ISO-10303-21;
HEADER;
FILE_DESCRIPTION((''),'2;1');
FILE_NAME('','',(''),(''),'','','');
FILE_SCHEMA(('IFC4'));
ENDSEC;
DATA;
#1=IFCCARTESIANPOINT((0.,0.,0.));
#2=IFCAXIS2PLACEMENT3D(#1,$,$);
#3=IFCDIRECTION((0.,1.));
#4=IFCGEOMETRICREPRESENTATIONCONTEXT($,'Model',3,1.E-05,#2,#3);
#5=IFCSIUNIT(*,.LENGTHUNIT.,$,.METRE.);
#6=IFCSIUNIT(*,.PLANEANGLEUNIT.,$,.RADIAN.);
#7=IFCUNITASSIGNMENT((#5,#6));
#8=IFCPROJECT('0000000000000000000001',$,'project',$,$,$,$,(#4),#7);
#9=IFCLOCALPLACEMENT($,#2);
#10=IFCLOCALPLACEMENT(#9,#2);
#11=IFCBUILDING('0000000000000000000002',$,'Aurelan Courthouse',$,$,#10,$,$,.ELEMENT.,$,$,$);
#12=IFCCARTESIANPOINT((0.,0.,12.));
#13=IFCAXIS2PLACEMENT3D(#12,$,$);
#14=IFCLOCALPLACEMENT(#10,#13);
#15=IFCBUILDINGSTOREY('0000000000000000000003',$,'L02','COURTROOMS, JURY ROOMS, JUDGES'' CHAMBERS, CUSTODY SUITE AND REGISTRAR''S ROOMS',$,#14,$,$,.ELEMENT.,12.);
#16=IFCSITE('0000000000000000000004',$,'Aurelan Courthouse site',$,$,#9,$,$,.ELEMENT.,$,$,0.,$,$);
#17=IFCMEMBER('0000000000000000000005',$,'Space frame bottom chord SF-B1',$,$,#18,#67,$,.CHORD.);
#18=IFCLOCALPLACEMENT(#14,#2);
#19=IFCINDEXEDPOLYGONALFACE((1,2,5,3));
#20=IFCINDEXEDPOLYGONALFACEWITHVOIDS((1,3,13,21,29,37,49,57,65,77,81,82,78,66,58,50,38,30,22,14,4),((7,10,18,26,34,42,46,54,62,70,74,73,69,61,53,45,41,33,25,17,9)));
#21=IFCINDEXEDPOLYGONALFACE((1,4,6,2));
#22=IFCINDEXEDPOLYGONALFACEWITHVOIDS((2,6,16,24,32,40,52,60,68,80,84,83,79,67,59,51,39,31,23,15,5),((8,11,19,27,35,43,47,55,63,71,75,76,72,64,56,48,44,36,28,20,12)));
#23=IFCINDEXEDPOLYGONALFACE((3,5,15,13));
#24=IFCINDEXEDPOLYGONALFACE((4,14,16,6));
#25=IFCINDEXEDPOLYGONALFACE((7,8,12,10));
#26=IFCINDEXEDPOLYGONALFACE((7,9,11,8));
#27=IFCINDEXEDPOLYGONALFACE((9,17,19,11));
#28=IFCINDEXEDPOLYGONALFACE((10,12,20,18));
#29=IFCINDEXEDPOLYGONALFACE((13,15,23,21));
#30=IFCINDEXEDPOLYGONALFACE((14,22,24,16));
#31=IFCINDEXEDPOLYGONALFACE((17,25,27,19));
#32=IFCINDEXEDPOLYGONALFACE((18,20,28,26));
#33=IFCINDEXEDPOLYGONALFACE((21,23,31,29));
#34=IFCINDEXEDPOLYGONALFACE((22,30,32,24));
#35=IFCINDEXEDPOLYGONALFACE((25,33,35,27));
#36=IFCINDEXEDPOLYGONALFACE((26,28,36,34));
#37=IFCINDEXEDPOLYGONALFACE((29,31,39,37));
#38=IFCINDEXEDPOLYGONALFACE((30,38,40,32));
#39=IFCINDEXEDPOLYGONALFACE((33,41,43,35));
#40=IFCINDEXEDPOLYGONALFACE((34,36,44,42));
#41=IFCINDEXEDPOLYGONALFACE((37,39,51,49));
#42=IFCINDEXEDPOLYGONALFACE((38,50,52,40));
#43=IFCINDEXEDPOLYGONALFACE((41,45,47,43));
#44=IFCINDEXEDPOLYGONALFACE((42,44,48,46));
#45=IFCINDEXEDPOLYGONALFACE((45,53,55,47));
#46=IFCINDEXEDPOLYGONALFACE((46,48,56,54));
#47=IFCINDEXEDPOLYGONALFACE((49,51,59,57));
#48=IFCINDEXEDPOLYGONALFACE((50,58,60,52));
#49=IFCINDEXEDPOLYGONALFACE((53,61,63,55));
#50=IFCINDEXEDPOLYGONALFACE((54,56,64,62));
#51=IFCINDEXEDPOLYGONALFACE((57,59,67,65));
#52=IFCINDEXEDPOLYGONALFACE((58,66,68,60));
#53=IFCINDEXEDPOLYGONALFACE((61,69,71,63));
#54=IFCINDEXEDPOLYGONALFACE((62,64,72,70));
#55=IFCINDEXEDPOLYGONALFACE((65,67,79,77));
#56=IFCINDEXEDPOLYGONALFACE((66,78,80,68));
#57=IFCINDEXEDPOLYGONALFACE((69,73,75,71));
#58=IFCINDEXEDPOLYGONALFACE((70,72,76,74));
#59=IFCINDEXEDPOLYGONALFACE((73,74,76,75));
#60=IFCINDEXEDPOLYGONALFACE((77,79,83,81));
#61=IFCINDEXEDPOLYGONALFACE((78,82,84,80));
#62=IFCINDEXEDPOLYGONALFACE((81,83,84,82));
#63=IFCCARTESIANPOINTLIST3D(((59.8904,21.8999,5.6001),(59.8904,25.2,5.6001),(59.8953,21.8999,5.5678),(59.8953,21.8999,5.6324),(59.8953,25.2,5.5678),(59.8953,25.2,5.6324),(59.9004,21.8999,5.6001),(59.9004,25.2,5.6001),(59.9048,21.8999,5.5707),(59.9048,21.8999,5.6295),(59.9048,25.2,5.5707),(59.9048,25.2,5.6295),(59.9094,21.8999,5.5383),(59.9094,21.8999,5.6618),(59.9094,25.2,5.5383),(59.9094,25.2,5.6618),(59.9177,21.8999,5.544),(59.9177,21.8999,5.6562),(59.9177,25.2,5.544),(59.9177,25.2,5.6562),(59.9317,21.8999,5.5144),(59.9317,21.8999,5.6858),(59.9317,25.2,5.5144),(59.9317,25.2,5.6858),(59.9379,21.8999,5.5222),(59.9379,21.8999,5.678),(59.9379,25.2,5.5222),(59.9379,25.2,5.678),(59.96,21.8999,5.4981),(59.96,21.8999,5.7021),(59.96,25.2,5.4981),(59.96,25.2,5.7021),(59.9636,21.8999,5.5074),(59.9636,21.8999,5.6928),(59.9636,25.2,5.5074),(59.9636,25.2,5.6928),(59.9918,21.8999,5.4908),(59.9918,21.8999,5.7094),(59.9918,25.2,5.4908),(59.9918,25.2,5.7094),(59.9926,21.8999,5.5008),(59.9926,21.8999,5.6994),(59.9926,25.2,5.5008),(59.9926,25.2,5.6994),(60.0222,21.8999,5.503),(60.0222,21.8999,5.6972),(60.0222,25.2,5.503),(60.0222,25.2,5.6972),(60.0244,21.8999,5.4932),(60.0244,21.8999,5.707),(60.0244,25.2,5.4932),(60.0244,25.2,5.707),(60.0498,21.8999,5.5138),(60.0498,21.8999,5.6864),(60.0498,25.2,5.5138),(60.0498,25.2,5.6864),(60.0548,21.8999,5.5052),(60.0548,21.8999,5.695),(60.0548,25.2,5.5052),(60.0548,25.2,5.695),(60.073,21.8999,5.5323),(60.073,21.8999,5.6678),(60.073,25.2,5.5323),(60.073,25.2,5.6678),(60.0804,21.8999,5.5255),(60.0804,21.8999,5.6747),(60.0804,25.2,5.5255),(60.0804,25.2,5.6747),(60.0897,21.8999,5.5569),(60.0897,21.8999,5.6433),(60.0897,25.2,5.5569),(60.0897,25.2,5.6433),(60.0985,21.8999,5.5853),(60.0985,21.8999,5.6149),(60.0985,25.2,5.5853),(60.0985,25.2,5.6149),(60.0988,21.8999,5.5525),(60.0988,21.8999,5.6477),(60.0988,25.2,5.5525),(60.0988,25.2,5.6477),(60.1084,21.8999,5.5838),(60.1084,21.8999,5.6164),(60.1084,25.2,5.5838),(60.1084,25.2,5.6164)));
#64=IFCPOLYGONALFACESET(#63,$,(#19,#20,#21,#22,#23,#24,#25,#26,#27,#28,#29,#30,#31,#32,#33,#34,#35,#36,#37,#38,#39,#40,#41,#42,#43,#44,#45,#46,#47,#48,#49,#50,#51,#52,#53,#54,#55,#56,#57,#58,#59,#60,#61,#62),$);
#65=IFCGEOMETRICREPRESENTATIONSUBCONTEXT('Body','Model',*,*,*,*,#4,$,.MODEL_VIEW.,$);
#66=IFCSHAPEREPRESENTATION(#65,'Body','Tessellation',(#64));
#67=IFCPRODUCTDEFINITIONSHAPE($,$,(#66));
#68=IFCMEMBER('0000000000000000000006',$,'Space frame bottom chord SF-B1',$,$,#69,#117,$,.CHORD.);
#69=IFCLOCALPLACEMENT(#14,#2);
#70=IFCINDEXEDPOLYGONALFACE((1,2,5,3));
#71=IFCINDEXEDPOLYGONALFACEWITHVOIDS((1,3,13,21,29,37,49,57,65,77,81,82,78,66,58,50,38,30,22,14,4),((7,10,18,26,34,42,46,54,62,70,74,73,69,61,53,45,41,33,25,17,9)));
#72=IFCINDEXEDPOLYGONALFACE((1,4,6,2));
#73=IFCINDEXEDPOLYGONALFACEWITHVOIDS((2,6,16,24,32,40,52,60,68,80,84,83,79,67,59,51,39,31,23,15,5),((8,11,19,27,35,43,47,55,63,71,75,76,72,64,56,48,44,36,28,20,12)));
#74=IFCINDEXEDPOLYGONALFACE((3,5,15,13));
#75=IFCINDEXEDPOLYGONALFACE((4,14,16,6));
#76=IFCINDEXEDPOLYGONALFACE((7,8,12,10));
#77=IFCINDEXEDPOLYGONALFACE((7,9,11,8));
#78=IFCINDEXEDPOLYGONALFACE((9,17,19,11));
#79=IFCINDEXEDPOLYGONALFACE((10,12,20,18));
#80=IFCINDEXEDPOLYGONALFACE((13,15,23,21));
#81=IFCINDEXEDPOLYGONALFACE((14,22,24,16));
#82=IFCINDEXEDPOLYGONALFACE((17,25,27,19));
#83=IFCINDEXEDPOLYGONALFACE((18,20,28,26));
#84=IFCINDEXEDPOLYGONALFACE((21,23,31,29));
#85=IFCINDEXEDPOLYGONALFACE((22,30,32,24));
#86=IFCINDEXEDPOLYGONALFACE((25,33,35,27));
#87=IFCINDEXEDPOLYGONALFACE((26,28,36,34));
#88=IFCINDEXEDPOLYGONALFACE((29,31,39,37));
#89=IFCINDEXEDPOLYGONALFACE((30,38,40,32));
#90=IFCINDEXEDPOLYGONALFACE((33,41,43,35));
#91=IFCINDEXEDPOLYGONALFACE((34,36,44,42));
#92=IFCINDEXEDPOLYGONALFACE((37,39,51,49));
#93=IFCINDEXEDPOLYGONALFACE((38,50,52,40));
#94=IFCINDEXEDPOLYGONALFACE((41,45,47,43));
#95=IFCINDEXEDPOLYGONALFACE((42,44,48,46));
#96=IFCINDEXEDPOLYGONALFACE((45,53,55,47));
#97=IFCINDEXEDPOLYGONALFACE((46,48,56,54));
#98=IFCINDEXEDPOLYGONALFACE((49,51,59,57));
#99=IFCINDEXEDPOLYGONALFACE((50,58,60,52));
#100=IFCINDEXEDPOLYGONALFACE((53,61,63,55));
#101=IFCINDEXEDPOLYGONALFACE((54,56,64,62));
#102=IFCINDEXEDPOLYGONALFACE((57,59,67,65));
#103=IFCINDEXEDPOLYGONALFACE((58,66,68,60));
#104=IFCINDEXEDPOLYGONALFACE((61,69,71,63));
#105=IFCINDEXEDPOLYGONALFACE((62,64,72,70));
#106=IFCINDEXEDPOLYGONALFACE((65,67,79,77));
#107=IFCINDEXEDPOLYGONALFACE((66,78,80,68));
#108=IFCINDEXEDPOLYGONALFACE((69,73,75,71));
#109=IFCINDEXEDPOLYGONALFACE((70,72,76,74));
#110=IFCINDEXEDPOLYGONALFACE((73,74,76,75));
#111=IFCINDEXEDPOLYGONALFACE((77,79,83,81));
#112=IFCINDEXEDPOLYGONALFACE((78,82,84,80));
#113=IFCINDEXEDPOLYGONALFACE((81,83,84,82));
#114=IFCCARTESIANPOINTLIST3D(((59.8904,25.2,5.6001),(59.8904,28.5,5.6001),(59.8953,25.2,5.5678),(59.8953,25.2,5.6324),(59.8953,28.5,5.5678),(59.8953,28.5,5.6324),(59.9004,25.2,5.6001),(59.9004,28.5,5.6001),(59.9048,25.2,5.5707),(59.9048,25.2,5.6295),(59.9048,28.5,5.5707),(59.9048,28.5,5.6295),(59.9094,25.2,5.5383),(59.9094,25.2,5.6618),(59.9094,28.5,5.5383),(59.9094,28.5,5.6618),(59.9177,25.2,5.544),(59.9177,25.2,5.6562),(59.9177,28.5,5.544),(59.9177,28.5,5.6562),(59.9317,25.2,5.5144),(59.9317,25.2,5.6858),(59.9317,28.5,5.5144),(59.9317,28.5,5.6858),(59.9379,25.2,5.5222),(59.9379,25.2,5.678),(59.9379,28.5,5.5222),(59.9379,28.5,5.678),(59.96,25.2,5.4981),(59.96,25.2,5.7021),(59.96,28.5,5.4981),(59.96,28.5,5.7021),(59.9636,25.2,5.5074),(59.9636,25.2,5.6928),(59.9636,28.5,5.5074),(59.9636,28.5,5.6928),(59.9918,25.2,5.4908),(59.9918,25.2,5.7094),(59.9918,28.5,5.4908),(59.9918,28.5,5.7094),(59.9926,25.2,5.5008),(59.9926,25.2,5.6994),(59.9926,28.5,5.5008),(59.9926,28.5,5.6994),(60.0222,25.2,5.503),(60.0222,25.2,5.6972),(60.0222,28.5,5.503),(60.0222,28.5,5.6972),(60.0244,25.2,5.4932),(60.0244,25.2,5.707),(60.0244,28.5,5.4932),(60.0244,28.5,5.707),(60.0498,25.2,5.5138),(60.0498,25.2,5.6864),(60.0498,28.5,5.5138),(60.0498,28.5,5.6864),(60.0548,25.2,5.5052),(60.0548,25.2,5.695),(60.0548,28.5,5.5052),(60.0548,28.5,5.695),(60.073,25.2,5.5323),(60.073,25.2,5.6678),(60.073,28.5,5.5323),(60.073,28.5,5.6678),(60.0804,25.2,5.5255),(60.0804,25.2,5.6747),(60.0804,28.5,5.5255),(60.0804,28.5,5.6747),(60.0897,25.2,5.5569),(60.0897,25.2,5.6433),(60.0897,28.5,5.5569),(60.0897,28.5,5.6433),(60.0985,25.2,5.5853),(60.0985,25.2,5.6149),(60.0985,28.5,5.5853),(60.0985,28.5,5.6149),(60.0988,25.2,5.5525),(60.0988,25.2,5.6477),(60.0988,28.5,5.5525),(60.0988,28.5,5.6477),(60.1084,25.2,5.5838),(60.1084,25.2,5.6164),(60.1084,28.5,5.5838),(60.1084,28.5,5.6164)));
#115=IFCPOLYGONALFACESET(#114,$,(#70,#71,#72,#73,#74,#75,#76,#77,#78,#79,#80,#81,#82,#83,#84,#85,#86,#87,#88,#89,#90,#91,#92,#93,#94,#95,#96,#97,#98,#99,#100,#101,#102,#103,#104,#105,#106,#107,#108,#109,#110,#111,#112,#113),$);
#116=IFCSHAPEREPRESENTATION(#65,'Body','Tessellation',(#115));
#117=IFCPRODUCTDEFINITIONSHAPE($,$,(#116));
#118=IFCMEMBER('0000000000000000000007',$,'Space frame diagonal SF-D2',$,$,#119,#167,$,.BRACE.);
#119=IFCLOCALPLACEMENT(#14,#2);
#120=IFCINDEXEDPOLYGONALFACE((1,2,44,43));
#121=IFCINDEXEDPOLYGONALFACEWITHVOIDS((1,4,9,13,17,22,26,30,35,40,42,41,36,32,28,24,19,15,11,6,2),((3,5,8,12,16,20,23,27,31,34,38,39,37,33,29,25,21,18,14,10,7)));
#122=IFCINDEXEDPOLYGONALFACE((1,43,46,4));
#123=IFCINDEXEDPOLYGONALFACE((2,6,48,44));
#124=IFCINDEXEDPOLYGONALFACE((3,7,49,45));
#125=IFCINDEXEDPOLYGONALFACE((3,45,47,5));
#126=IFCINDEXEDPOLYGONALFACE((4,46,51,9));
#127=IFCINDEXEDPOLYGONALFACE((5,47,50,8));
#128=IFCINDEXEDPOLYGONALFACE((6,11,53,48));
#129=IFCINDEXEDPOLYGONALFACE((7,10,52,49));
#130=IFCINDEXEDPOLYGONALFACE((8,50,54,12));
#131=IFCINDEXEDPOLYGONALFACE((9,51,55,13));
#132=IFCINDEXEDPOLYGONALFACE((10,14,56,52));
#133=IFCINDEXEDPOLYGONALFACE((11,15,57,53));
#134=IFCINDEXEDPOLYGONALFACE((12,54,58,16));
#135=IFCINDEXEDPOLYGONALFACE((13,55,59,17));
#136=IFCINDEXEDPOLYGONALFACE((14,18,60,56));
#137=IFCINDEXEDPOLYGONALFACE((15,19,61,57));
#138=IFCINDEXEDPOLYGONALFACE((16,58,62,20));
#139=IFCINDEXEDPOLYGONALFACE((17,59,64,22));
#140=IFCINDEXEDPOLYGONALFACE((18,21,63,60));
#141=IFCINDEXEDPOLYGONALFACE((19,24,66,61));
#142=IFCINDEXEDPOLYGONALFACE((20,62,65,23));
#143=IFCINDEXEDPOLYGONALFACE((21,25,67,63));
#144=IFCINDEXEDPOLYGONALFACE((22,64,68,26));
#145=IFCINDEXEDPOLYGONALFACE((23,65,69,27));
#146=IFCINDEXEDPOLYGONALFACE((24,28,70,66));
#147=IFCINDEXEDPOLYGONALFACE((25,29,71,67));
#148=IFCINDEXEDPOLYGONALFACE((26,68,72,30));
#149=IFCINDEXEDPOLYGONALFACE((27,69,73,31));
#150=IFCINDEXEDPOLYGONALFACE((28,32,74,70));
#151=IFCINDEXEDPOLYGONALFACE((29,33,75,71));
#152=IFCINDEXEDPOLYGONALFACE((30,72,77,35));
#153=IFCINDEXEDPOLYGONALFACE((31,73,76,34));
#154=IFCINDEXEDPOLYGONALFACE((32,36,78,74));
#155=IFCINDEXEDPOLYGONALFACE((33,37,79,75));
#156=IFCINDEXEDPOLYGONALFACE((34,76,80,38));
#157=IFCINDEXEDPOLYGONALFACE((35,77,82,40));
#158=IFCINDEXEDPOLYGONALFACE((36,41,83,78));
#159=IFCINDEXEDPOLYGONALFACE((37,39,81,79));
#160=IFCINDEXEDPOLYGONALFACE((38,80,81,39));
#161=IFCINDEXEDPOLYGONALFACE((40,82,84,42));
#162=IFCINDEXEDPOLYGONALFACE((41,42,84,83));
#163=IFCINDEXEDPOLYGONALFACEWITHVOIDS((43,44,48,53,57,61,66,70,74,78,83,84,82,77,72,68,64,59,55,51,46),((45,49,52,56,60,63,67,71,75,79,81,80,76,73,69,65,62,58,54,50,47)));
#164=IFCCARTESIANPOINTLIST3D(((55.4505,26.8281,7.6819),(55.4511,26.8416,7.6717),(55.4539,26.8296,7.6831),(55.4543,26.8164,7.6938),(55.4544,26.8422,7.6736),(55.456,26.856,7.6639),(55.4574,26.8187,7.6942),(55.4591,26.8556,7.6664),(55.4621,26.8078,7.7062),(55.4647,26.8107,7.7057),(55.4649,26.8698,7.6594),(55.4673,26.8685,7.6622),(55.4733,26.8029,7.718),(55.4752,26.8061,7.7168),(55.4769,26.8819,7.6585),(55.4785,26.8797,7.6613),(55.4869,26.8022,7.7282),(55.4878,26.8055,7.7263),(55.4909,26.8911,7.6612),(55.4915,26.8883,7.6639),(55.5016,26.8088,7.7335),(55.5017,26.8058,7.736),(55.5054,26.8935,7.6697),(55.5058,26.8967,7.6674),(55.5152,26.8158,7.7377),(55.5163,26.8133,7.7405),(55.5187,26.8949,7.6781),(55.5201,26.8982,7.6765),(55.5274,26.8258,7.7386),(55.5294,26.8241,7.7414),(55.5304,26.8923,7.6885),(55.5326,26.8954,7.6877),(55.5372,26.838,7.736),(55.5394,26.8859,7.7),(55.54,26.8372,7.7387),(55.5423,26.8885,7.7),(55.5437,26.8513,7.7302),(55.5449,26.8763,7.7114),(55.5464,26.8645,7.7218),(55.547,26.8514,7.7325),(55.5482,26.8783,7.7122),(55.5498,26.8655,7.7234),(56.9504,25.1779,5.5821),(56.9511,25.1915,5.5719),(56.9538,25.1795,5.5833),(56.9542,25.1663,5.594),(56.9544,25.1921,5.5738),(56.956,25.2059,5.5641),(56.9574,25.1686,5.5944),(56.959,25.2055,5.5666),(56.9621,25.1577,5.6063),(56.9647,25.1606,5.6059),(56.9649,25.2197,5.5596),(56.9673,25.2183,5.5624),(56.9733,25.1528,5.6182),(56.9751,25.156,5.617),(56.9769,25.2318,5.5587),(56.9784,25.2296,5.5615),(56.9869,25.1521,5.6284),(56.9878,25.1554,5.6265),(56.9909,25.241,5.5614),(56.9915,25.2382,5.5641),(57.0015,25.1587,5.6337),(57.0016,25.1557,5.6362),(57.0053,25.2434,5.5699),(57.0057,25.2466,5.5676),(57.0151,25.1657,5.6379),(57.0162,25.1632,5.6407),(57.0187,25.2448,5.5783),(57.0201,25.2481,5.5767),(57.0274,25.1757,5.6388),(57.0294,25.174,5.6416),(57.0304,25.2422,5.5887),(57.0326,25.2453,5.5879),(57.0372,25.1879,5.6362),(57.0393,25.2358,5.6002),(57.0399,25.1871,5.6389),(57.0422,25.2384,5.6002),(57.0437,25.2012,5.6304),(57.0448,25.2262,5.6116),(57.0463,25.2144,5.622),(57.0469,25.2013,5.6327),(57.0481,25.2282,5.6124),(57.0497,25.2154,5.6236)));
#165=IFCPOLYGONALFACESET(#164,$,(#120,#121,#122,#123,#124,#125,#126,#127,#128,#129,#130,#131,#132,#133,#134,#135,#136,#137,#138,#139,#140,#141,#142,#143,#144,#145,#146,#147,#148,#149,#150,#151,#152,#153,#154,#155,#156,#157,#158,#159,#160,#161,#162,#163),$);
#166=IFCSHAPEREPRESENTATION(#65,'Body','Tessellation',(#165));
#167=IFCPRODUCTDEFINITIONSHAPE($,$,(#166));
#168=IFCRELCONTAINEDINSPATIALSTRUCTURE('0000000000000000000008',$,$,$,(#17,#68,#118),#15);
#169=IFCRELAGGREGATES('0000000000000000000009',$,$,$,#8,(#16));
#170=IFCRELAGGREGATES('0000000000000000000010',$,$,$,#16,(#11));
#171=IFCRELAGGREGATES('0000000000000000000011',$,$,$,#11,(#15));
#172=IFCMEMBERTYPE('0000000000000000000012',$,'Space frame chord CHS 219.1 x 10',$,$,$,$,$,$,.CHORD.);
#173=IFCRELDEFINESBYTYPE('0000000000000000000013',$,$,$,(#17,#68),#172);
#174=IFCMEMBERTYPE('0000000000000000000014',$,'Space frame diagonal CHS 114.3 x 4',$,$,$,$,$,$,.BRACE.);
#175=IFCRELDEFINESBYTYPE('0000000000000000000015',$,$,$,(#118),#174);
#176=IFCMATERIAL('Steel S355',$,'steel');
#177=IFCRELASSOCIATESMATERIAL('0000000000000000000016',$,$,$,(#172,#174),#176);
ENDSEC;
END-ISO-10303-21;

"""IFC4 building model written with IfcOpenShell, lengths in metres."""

from ifc_helpers import new_model, si_unit, direction, frame, origin, origin_2d, place, context, subcontext, project, spatial, hollow_circle, extrude, material, material_profile, profile_set, type_object, element, save


model = new_model("IFC4")

# Units and contexts
model_context = context("Model", 3, precision=1e-05, world=origin(), true_north=direction((0.0, 1.0)))
body_context = subcontext(model_context, "Body", "Model", "MODEL_VIEW")
ifc_project = project(units=[si_unit("LENGTHUNIT", "METRE"), si_unit("PLANEANGLEUNIT", "RADIAN")], contexts=[model_context])

# Site, building, storey
site_placement = place(None, origin())
site = spatial("IfcSite", under=ifc_project, at=site_placement, Name="Aurelan Courthouse site", CompositionType="ELEMENT", RefElevation=0.0)
building_placement = place(site_placement, origin())
building = spatial("IfcBuilding", under=site, at=building_placement, Name="Aurelan Courthouse", CompositionType="ELEMENT")
storey_placement = place(building_placement, frame((0.0, 0.0, 12.0)))
storey = spatial("IfcBuildingStorey", under=building, at=storey_placement, Name="L02", Description="COURTROOMS, JURY ROOMS, JUDGES' CHAMBERS, CUSTODY SUITE AND REGISTRAR'S ROOMS", CompositionType="ELEMENT", Elevation=12.0)

# Members
ifc_material_1 = material(Name="Steel S355", Category="steel")
ifc_material_profile_1 = material_profile(ifc_material_1, hollow_circle(Radius=0.1096, WallThickness=0.01, at=origin_2d()), Name="CHS 219.1 x 10")
ifc_profile_set_1 = profile_set([ifc_material_profile_1], Name="Steel S355")
member_type_1 = type_object("IfcMemberType", Name="Space frame chord CHS 219.1 x 10", PredefinedType="CHORD", material=ifc_profile_set_1)
for number, where, z_axis, x_axis, name in (
    (1, (60.0, 21.8999, 5.6001), (0.0, 1.0, 0.0), (-1.0, 0.0, 0.0), "Space frame bottom chord SF-B1"),
    (2, (60.0, 25.2, 5.6001), (0.0, 1.0, 0.0), (-1.0, 0.0, 0.0), "Space frame bottom chord SF-B1"),
):
    element("IfcMember", number, at=place(storey_placement, frame(where, z_axis=z_axis, x_axis=x_axis)), inside=storey, type_object=member_type_1, Name=name, PredefinedType="CHORD", context=body_context, shape_type="SweptSolid", body=[
        extrude(hollow_circle(Radius=0.1096, WallThickness=0.01, at=origin_2d()), origin(), (0.0, 0.0, 1.0), 3.3),
    ])
ifc_material_profile_2 = material_profile(ifc_material_1, hollow_circle(Radius=0.0571, WallThickness=0.0039, at=origin_2d()), Name="CHS 114.3 x 4")
ifc_profile_set_2 = profile_set([ifc_material_profile_2], Name="Steel S355")
member_type_2 = type_object("IfcMemberType", Name="Space frame diagonal CHS 114.3 x 4", PredefinedType="BRACE", material=ifc_profile_set_2)
for number, where, z_axis, x_axis, name in (
    (3, (55.5, 26.8501, 7.7), (0.489706, -0.538724, -0.68554), (0.73997, 0.67264, 0.0), "Space frame diagonal SF-D2"),
):
    element("IfcMember", number, at=place(storey_placement, frame(where, z_axis=z_axis, x_axis=x_axis)), inside=storey, type_object=member_type_2, Name=name, PredefinedType="BRACE", context=body_context, shape_type="SweptSolid", body=[
        extrude(hollow_circle(Radius=0.0571, WallThickness=0.0039, at=origin_2d()), origin(), (0.0, 0.0, 1.0), 3.063),
    ])

save(model, "model.ifc")
